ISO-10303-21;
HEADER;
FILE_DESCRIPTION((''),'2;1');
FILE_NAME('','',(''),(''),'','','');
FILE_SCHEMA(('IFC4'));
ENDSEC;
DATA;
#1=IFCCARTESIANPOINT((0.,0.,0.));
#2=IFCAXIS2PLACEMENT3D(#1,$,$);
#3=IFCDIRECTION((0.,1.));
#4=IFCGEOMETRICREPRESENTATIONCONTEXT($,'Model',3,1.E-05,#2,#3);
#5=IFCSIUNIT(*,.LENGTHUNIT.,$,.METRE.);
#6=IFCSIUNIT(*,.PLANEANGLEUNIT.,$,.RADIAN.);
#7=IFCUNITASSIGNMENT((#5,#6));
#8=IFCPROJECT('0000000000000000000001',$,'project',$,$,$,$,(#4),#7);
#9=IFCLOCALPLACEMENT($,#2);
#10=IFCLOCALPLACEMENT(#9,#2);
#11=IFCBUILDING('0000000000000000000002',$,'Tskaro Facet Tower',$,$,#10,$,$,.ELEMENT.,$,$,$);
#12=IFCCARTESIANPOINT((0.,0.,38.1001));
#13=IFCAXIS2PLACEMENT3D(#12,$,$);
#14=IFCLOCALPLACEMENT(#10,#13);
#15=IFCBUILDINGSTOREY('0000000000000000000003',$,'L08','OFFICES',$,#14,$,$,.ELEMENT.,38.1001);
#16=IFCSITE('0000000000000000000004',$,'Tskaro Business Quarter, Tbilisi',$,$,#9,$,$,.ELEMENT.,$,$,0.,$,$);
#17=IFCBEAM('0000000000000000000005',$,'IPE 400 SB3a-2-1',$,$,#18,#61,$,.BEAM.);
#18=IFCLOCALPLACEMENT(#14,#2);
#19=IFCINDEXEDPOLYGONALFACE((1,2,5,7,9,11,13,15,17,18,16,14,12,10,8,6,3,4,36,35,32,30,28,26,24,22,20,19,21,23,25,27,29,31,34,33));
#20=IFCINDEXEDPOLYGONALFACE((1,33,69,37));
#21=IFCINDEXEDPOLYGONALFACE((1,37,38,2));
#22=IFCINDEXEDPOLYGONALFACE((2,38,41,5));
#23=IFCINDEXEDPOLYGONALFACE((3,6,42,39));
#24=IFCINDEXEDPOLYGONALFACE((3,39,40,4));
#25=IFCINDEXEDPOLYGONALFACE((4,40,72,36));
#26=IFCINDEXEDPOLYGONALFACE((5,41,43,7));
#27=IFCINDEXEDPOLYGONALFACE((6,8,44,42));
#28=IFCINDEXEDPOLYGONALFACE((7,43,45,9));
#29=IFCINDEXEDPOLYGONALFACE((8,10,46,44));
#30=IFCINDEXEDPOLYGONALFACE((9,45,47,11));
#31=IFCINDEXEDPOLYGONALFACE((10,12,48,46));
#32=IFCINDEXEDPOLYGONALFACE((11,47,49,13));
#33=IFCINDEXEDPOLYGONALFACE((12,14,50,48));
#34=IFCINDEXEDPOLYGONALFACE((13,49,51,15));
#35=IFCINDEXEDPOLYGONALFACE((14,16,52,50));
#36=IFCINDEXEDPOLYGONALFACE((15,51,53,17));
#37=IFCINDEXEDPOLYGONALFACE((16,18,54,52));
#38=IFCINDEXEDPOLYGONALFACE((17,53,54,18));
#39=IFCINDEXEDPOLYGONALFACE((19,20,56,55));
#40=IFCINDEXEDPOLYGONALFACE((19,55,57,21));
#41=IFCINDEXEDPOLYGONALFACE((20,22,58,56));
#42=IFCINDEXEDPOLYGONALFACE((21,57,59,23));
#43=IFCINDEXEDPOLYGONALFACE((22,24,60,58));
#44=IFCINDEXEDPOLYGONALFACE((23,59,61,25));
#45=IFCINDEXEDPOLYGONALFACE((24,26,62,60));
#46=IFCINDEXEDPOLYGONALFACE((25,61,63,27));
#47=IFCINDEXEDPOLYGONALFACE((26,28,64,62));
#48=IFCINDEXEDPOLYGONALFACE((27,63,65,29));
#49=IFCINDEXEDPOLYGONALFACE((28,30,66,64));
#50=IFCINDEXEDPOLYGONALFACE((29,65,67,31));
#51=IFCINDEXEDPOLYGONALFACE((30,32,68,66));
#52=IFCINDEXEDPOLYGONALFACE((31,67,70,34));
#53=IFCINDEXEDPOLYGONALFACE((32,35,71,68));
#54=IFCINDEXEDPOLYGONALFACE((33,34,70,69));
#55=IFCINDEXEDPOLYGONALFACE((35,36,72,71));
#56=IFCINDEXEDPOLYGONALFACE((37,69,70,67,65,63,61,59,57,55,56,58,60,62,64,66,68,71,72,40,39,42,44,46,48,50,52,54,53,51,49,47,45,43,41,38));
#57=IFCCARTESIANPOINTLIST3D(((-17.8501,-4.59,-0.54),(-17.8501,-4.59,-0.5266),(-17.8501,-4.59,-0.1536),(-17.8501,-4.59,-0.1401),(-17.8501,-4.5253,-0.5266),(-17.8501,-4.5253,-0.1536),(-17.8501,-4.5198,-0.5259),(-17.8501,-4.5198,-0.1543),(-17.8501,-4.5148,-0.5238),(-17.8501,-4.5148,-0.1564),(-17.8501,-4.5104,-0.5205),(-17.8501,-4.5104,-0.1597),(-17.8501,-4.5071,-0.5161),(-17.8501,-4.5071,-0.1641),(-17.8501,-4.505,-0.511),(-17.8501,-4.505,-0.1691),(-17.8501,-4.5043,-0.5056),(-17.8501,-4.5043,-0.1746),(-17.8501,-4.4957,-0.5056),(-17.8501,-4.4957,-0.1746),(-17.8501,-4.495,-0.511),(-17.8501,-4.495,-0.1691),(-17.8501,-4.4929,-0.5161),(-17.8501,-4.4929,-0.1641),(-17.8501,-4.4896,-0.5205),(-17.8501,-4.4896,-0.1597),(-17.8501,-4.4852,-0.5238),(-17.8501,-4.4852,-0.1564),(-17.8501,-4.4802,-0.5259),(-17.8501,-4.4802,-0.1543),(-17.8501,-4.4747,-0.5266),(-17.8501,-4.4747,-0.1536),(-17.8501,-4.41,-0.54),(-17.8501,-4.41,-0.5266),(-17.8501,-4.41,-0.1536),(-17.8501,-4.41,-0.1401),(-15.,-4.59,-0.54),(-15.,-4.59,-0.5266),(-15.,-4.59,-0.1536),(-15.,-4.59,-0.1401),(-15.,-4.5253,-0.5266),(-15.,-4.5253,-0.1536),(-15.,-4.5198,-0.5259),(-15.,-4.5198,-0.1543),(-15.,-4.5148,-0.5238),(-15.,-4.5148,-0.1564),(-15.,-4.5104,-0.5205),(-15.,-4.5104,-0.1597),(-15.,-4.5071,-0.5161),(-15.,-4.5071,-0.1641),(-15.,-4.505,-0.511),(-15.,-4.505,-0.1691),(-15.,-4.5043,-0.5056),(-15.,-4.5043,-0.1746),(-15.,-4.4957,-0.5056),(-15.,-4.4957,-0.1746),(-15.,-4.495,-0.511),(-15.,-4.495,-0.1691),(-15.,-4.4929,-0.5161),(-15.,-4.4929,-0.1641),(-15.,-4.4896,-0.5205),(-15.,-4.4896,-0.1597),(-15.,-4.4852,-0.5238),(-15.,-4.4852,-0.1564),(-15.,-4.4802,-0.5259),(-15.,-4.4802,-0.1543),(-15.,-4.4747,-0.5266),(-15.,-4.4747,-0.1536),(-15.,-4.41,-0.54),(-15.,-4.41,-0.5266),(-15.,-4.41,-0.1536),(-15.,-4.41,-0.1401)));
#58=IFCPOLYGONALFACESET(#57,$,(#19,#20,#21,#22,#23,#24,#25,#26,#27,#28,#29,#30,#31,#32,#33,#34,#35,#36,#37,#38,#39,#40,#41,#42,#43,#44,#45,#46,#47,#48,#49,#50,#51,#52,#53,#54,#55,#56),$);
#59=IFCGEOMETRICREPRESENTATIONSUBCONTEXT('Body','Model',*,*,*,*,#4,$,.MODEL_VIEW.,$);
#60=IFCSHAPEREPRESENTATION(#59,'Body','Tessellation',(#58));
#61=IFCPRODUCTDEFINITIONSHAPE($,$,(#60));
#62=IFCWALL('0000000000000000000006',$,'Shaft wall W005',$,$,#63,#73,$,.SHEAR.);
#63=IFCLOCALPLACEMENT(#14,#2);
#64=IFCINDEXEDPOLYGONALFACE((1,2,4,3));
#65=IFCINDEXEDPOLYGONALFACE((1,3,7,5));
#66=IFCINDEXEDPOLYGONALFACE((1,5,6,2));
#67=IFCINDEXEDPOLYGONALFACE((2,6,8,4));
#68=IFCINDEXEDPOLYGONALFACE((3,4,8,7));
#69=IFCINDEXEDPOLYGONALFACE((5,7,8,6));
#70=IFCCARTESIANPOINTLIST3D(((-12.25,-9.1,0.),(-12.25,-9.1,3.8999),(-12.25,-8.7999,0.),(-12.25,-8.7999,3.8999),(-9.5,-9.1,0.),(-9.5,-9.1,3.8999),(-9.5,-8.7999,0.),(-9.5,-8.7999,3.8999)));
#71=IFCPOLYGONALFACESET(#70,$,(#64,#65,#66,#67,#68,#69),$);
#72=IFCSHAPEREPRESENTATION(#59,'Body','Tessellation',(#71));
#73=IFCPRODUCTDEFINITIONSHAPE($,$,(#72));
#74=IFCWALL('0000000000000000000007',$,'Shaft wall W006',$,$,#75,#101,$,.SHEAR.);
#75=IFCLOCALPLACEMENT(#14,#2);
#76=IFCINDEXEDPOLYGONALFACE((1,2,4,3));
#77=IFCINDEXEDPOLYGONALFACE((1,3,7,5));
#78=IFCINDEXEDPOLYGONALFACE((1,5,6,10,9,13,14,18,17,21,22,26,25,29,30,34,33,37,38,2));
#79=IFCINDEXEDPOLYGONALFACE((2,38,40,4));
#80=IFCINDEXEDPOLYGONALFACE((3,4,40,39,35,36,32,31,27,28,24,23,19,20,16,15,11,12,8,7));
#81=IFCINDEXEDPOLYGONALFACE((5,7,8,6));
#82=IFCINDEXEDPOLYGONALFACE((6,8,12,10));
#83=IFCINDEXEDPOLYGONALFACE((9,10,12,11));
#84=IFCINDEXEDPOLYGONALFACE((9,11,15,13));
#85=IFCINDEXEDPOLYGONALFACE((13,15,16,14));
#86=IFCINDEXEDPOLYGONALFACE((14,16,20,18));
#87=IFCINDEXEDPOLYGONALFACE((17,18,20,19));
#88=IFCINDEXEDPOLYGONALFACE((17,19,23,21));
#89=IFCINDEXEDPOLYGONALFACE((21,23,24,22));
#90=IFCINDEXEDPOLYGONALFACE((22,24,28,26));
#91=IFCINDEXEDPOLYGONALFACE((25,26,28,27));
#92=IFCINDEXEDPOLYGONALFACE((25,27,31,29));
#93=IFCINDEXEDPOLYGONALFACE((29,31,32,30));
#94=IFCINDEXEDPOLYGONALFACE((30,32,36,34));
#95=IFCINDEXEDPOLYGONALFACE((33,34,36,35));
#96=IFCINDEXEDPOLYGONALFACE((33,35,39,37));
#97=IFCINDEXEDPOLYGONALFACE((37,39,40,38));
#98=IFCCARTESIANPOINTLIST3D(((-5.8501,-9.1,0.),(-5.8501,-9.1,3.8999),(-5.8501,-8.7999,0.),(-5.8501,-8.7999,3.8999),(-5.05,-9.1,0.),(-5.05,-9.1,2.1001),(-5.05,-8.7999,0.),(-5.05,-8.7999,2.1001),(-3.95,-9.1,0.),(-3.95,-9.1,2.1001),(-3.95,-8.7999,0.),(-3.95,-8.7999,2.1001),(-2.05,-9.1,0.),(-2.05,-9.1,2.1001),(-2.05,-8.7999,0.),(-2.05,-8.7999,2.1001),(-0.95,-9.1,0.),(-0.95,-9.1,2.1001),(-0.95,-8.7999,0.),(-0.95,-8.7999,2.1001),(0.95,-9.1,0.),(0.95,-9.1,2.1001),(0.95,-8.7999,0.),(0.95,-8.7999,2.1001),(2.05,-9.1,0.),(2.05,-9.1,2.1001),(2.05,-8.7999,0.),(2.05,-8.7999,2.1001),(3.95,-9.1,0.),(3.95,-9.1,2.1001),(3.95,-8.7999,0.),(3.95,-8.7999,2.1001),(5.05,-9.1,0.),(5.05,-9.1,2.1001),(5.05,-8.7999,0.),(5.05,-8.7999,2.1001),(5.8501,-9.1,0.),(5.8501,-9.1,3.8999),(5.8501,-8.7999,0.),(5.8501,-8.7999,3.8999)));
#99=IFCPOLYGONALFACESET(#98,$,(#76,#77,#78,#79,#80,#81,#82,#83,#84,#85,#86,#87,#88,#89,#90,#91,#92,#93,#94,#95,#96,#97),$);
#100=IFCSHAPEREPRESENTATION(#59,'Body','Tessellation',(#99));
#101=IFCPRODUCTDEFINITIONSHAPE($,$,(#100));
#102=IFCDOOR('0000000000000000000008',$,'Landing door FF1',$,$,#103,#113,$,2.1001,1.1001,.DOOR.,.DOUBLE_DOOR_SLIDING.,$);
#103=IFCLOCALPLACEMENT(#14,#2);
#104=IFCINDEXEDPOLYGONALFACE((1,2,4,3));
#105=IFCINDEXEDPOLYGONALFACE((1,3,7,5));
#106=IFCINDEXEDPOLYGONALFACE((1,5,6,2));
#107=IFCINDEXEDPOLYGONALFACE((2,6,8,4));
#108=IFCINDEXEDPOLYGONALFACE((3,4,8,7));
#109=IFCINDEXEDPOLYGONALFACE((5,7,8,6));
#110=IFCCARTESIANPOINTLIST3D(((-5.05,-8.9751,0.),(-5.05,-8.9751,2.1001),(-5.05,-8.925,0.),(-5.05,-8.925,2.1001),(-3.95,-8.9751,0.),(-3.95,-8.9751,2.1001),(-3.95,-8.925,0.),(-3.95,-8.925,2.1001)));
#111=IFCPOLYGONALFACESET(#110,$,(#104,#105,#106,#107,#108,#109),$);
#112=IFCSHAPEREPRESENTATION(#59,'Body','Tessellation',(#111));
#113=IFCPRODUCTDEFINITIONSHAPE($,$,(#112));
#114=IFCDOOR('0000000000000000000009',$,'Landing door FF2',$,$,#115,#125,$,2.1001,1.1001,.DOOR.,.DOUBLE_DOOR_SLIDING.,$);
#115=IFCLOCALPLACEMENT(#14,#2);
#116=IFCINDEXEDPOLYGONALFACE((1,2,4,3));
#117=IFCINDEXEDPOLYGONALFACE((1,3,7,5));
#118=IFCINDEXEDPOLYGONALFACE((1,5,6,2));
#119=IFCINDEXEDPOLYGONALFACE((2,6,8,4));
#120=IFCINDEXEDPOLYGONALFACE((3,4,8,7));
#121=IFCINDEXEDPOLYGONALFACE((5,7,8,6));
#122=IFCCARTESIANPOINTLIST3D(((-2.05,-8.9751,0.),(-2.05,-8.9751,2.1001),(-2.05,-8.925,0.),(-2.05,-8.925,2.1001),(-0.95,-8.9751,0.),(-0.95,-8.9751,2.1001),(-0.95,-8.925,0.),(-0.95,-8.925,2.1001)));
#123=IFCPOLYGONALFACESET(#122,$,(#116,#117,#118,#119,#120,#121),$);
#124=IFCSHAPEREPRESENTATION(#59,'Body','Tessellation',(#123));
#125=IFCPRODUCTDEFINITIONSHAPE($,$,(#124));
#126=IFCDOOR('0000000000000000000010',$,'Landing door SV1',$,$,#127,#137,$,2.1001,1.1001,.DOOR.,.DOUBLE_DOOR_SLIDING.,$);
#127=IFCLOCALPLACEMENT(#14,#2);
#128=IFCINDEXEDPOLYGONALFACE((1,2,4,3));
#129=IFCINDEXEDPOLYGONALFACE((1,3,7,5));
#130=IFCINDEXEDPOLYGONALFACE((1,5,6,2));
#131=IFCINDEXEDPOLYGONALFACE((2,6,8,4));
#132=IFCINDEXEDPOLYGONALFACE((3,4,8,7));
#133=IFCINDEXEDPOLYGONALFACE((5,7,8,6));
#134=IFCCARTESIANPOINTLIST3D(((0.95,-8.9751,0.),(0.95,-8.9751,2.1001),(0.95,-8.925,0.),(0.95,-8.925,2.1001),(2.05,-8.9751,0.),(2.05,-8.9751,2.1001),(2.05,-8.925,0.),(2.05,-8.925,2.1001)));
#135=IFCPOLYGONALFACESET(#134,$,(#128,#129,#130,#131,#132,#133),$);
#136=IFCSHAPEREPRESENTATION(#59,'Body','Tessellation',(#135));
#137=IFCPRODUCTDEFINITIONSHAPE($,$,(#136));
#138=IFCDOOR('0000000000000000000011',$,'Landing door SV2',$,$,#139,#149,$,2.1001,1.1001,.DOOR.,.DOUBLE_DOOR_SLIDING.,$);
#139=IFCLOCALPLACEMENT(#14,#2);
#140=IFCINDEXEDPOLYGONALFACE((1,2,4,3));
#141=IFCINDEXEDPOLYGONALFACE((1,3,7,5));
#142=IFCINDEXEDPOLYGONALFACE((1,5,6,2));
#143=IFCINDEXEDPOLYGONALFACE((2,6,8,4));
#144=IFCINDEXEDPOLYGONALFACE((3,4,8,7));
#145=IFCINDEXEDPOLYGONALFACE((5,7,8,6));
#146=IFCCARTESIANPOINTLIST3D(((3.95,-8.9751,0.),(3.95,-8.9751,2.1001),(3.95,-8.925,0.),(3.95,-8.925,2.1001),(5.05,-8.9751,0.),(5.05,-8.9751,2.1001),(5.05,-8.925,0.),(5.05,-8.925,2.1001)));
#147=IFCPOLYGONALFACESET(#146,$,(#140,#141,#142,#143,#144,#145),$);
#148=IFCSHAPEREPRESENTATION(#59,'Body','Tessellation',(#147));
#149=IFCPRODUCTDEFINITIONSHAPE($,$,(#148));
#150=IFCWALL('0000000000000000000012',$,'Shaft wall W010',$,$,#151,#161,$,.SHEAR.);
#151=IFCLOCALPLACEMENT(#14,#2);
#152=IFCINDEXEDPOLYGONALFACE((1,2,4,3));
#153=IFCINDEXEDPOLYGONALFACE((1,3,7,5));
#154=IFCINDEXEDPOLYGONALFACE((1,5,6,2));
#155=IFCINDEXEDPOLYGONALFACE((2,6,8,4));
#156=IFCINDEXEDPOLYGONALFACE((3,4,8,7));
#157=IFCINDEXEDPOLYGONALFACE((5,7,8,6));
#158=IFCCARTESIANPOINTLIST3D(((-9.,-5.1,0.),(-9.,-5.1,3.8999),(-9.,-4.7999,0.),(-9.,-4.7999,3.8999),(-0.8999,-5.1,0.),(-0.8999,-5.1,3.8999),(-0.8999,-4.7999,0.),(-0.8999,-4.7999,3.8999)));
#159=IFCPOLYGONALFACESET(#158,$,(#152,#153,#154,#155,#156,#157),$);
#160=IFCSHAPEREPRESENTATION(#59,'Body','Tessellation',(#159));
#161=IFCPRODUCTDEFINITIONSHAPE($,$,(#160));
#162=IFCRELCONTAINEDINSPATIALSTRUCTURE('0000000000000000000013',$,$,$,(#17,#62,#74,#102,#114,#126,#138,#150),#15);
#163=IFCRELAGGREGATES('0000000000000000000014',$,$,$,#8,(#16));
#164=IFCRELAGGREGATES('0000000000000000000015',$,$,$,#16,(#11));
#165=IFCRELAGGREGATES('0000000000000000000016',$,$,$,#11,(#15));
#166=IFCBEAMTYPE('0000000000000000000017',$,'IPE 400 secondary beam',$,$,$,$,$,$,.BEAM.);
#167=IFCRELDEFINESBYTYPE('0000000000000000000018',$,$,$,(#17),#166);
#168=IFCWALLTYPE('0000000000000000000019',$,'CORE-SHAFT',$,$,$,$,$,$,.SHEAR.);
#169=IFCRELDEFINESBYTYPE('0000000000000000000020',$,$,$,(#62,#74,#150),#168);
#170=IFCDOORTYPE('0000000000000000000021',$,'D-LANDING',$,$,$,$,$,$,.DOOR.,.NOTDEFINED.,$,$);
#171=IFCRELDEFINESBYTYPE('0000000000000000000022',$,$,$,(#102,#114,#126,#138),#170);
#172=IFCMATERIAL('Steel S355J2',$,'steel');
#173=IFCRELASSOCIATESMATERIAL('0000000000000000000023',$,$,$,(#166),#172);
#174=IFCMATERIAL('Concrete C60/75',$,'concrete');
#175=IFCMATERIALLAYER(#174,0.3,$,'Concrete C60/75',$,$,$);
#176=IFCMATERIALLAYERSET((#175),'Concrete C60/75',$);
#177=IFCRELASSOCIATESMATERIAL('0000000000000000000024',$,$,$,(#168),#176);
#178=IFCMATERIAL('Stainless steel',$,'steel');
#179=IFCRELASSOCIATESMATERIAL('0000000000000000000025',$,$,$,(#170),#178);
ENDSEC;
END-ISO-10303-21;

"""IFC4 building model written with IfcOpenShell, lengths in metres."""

from ifc_helpers import new_model, si_unit, direction, frame, frame_2d, origin, origin_2d, place, context, subcontext, project, spatial, rectangle, i_section, extrude, material, layer, layer_set, material_profile, profile_set, type_object, element, fill, save


model = new_model("IFC4")

# Units and contexts
model_context = context("Model", 3, precision=1e-05, world=origin(), true_north=direction((0.0, 1.0)))
body_context = subcontext(model_context, "Body", "Model", "MODEL_VIEW")
ifc_project = project(units=[si_unit("LENGTHUNIT", "METRE"), si_unit("PLANEANGLEUNIT", "RADIAN")], contexts=[model_context])

# Site, building, storey
site_placement = place(None, origin())
site = spatial("IfcSite", under=ifc_project, at=site_placement, Name="Tskaro Business Quarter, Tbilisi", CompositionType="ELEMENT", RefElevation=0.0)
building_placement = place(site_placement, origin())
building = spatial("IfcBuilding", under=site, at=building_placement, Name="Tskaro Facet Tower", CompositionType="ELEMENT")
storey_placement = place(building_placement, frame((0.0, 0.0, 38.1001)))
storey = spatial("IfcBuildingStorey", under=building, at=storey_placement, Name="L08", Description="OFFICES", CompositionType="ELEMENT", Elevation=38.1001)

# Beam
ifc_material_1 = material(Name="Steel S355J2", Category="steel")
ifc_material_profile = material_profile(ifc_material_1, i_section(OverallWidth=0.1799, OverallDepth=0.3999, WebThickness=0.0085, FlangeThickness=0.0134, FilletRadius=0.021, at=origin_2d()), Name="IPE 400")
ifc_profile_set = profile_set([ifc_material_profile], Name="Steel S355J2")
beam_type = type_object("IfcBeamType", Name="IPE 400 secondary beam", PredefinedType="BEAM", material=ifc_profile_set)
beam_placement = place(storey_placement, frame((-17.8501, -4.5, -0.3401), z_axis=(1.0, 0.0, 0.0), x_axis=(0.0, 1.0, 0.0)))
element("IfcBeam", 1, at=beam_placement, inside=storey, type_object=beam_type, Name="IPE 400 SB3a-2-1", PredefinedType="BEAM", context=body_context, shape_type="SweptSolid", body=[
    extrude(i_section(OverallWidth=0.1799, OverallDepth=0.3999, WebThickness=0.0085, FlangeThickness=0.0134, FilletRadius=0.021, at=origin_2d()), origin(), (0.0, 0.0, 1.0), 2.8501),
])

# Wall
ifc_material_2 = material(Name="Concrete C60/75", Category="concrete")
ifc_layer = layer(ifc_material_2, 0.3, Name="Concrete C60/75")
ifc_layer_set = layer_set([ifc_layer], Name="Concrete C60/75")
wall_type = type_object("IfcWallType", Name="CORE-SHAFT", PredefinedType="SHEAR", material=ifc_layer_set)
wall_1_placement = place(storey_placement, frame((-12.25, -8.95, 0.0), z_axis=(0.0, 0.0, 1.0), x_axis=(1.0, 0.0, 0.0)))
element("IfcWall", 2, at=wall_1_placement, inside=storey, type_object=wall_type, Name="Shaft wall W005", PredefinedType="SHEAR", context=body_context, shape_type="SweptSolid", body=[
    extrude(rectangle(XDim=2.75, YDim=0.3, at=frame_2d((1.375, 0.0))), origin(), (0.0, 0.0, 1.0), 3.8999),
])

# Wall, openings, doors
wall_2_placement = place(storey_placement, frame((-5.8501, -8.95, 0.0), z_axis=(0.0, 0.0, 1.0), x_axis=(1.0, 0.0, 0.0)))
wall_2 = element("IfcWall", 3, at=wall_2_placement, inside=storey, type_object=wall_type, Name="Shaft wall W006", PredefinedType="SHEAR", context=body_context, shape_type="SweptSolid", body=[
    extrude(rectangle(XDim=11.7002, YDim=0.3, at=frame_2d((5.8501, 0.0))), origin(), (0.0, 0.0, 1.0), 3.8999),
])
opening_1_placement = place(wall_2_placement, frame((0.8, 0.0, 0.0)))
opening_1 = element("IfcOpeningElement", 4, at=opening_1_placement, cuts=wall_2, PredefinedType="OPENING", context=body_context, shape_type="SweptSolid", body=[
    extrude(rectangle(XDim=1.1001, YDim=2.1001, at=frame_2d((0.55, 1.05))), frame((0.0, 0.1599, 0.0), z_axis=(0.0, -1.0, 0.0), x_axis=(1.0, 0.0, 0.0)), (0.0, 0.0, 1.0), 0.3201),
])
opening_2_placement = place(wall_2_placement, frame((3.8, 0.0, 0.0)))
opening_2 = element("IfcOpeningElement", 5, at=opening_2_placement, cuts=wall_2, PredefinedType="OPENING", context=body_context, shape_type="SweptSolid", body=[
    extrude(rectangle(XDim=1.1001, YDim=2.1001, at=frame_2d((0.55, 1.05))), frame((0.0, 0.1599, 0.0), z_axis=(0.0, -1.0, 0.0), x_axis=(1.0, 0.0, 0.0)), (0.0, 0.0, 1.0), 0.3201),
])
opening_3_placement = place(wall_2_placement, frame((6.8, 0.0, 0.0)))
opening_3 = element("IfcOpeningElement", 6, at=opening_3_placement, cuts=wall_2, PredefinedType="OPENING", context=body_context, shape_type="SweptSolid", body=[
    extrude(rectangle(XDim=1.1001, YDim=2.1001, at=frame_2d((0.55, 1.05))), frame((0.0, 0.1599, 0.0), z_axis=(0.0, -1.0, 0.0), x_axis=(1.0, 0.0, 0.0)), (0.0, 0.0, 1.0), 0.3201),
])
opening_4_placement = place(wall_2_placement, frame((9.8, 0.0, 0.0)))
opening_4 = element("IfcOpeningElement", 7, at=opening_4_placement, cuts=wall_2, PredefinedType="OPENING", context=body_context, shape_type="SweptSolid", body=[
    extrude(rectangle(XDim=1.1001, YDim=2.1001, at=frame_2d((0.55, 1.05))), frame((0.0, 0.1599, 0.0), z_axis=(0.0, -1.0, 0.0), x_axis=(1.0, 0.0, 0.0)), (0.0, 0.0, 1.0), 0.3201),
])
ifc_material_3 = material(Name="Stainless steel", Category="steel")
door_type = type_object("IfcDoorType", Name="D-LANDING", OperationType="NOTDEFINED", PredefinedType="DOOR", material=ifc_material_3)
door_1_placement = place(opening_1_placement, origin())
door_1 = element("IfcDoor", 8, at=door_1_placement, inside=storey, type_object=door_type, Name="Landing door FF1", OperationType="DOUBLE_DOOR_SLIDING", OverallHeight=2.1001, OverallWidth=1.1001, PredefinedType="DOOR", context=body_context, shape_type="SweptSolid", body=[
    extrude(rectangle(XDim=1.1001, YDim=2.1001, at=frame_2d((0.55, 1.05))), frame((0.0, 0.0249, 0.0), z_axis=(0.0, -1.0, 0.0), x_axis=(1.0, 0.0, 0.0)), (0.0, 0.0, 1.0), 0.05),
])
fill(opening_1, door_1)
door_2_placement = place(opening_2_placement, origin())
door_2 = element("IfcDoor", 9, at=door_2_placement, inside=storey, type_object=door_type, Name="Landing door FF2", OperationType="DOUBLE_DOOR_SLIDING", OverallHeight=2.1001, OverallWidth=1.1001, PredefinedType="DOOR", context=body_context, shape_type="SweptSolid", body=[
    extrude(rectangle(XDim=1.1001, YDim=2.1001, at=frame_2d((0.55, 1.05))), frame((0.0, 0.0249, 0.0), z_axis=(0.0, -1.0, 0.0), x_axis=(1.0, 0.0, 0.0)), (0.0, 0.0, 1.0), 0.05),
])
fill(opening_2, door_2)
door_3_placement = place(opening_3_placement, origin())
door_3 = element("IfcDoor", 10, at=door_3_placement, inside=storey, type_object=door_type, Name="Landing door SV1", OperationType="DOUBLE_DOOR_SLIDING", OverallHeight=2.1001, OverallWidth=1.1001, PredefinedType="DOOR", context=body_context, shape_type="SweptSolid", body=[
    extrude(rectangle(XDim=1.1001, YDim=2.1001, at=frame_2d((0.55, 1.05))), frame((0.0, 0.0249, 0.0), z_axis=(0.0, -1.0, 0.0), x_axis=(1.0, 0.0, 0.0)), (0.0, 0.0, 1.0), 0.05),
])
fill(opening_3, door_3)
door_4_placement = place(opening_4_placement, origin())
door_4 = element("IfcDoor", 11, at=door_4_placement, inside=storey, type_object=door_type, Name="Landing door SV2", OperationType="DOUBLE_DOOR_SLIDING", OverallHeight=2.1001, OverallWidth=1.1001, PredefinedType="DOOR", context=body_context, shape_type="SweptSolid", body=[
    extrude(rectangle(XDim=1.1001, YDim=2.1001, at=frame_2d((0.55, 1.05))), frame((0.0, 0.0249, 0.0), z_axis=(0.0, -1.0, 0.0), x_axis=(1.0, 0.0, 0.0)), (0.0, 0.0, 1.0), 0.05),
])
fill(opening_4, door_4)

# Wall
wall_3_placement = place(storey_placement, frame((-9.0, -4.95, 0.0), z_axis=(0.0, 0.0, 1.0), x_axis=(1.0, 0.0, 0.0)))
element("IfcWall", 12, at=wall_3_placement, inside=storey, type_object=wall_type, Name="Shaft wall W010", PredefinedType="SHEAR", context=body_context, shape_type="SweptSolid", body=[
    extrude(rectangle(XDim=8.1001, YDim=0.3, at=frame_2d((4.05, 0.0))), origin(), (0.0, 0.0, 1.0), 3.8999),
])

save(model, "model.ifc")
